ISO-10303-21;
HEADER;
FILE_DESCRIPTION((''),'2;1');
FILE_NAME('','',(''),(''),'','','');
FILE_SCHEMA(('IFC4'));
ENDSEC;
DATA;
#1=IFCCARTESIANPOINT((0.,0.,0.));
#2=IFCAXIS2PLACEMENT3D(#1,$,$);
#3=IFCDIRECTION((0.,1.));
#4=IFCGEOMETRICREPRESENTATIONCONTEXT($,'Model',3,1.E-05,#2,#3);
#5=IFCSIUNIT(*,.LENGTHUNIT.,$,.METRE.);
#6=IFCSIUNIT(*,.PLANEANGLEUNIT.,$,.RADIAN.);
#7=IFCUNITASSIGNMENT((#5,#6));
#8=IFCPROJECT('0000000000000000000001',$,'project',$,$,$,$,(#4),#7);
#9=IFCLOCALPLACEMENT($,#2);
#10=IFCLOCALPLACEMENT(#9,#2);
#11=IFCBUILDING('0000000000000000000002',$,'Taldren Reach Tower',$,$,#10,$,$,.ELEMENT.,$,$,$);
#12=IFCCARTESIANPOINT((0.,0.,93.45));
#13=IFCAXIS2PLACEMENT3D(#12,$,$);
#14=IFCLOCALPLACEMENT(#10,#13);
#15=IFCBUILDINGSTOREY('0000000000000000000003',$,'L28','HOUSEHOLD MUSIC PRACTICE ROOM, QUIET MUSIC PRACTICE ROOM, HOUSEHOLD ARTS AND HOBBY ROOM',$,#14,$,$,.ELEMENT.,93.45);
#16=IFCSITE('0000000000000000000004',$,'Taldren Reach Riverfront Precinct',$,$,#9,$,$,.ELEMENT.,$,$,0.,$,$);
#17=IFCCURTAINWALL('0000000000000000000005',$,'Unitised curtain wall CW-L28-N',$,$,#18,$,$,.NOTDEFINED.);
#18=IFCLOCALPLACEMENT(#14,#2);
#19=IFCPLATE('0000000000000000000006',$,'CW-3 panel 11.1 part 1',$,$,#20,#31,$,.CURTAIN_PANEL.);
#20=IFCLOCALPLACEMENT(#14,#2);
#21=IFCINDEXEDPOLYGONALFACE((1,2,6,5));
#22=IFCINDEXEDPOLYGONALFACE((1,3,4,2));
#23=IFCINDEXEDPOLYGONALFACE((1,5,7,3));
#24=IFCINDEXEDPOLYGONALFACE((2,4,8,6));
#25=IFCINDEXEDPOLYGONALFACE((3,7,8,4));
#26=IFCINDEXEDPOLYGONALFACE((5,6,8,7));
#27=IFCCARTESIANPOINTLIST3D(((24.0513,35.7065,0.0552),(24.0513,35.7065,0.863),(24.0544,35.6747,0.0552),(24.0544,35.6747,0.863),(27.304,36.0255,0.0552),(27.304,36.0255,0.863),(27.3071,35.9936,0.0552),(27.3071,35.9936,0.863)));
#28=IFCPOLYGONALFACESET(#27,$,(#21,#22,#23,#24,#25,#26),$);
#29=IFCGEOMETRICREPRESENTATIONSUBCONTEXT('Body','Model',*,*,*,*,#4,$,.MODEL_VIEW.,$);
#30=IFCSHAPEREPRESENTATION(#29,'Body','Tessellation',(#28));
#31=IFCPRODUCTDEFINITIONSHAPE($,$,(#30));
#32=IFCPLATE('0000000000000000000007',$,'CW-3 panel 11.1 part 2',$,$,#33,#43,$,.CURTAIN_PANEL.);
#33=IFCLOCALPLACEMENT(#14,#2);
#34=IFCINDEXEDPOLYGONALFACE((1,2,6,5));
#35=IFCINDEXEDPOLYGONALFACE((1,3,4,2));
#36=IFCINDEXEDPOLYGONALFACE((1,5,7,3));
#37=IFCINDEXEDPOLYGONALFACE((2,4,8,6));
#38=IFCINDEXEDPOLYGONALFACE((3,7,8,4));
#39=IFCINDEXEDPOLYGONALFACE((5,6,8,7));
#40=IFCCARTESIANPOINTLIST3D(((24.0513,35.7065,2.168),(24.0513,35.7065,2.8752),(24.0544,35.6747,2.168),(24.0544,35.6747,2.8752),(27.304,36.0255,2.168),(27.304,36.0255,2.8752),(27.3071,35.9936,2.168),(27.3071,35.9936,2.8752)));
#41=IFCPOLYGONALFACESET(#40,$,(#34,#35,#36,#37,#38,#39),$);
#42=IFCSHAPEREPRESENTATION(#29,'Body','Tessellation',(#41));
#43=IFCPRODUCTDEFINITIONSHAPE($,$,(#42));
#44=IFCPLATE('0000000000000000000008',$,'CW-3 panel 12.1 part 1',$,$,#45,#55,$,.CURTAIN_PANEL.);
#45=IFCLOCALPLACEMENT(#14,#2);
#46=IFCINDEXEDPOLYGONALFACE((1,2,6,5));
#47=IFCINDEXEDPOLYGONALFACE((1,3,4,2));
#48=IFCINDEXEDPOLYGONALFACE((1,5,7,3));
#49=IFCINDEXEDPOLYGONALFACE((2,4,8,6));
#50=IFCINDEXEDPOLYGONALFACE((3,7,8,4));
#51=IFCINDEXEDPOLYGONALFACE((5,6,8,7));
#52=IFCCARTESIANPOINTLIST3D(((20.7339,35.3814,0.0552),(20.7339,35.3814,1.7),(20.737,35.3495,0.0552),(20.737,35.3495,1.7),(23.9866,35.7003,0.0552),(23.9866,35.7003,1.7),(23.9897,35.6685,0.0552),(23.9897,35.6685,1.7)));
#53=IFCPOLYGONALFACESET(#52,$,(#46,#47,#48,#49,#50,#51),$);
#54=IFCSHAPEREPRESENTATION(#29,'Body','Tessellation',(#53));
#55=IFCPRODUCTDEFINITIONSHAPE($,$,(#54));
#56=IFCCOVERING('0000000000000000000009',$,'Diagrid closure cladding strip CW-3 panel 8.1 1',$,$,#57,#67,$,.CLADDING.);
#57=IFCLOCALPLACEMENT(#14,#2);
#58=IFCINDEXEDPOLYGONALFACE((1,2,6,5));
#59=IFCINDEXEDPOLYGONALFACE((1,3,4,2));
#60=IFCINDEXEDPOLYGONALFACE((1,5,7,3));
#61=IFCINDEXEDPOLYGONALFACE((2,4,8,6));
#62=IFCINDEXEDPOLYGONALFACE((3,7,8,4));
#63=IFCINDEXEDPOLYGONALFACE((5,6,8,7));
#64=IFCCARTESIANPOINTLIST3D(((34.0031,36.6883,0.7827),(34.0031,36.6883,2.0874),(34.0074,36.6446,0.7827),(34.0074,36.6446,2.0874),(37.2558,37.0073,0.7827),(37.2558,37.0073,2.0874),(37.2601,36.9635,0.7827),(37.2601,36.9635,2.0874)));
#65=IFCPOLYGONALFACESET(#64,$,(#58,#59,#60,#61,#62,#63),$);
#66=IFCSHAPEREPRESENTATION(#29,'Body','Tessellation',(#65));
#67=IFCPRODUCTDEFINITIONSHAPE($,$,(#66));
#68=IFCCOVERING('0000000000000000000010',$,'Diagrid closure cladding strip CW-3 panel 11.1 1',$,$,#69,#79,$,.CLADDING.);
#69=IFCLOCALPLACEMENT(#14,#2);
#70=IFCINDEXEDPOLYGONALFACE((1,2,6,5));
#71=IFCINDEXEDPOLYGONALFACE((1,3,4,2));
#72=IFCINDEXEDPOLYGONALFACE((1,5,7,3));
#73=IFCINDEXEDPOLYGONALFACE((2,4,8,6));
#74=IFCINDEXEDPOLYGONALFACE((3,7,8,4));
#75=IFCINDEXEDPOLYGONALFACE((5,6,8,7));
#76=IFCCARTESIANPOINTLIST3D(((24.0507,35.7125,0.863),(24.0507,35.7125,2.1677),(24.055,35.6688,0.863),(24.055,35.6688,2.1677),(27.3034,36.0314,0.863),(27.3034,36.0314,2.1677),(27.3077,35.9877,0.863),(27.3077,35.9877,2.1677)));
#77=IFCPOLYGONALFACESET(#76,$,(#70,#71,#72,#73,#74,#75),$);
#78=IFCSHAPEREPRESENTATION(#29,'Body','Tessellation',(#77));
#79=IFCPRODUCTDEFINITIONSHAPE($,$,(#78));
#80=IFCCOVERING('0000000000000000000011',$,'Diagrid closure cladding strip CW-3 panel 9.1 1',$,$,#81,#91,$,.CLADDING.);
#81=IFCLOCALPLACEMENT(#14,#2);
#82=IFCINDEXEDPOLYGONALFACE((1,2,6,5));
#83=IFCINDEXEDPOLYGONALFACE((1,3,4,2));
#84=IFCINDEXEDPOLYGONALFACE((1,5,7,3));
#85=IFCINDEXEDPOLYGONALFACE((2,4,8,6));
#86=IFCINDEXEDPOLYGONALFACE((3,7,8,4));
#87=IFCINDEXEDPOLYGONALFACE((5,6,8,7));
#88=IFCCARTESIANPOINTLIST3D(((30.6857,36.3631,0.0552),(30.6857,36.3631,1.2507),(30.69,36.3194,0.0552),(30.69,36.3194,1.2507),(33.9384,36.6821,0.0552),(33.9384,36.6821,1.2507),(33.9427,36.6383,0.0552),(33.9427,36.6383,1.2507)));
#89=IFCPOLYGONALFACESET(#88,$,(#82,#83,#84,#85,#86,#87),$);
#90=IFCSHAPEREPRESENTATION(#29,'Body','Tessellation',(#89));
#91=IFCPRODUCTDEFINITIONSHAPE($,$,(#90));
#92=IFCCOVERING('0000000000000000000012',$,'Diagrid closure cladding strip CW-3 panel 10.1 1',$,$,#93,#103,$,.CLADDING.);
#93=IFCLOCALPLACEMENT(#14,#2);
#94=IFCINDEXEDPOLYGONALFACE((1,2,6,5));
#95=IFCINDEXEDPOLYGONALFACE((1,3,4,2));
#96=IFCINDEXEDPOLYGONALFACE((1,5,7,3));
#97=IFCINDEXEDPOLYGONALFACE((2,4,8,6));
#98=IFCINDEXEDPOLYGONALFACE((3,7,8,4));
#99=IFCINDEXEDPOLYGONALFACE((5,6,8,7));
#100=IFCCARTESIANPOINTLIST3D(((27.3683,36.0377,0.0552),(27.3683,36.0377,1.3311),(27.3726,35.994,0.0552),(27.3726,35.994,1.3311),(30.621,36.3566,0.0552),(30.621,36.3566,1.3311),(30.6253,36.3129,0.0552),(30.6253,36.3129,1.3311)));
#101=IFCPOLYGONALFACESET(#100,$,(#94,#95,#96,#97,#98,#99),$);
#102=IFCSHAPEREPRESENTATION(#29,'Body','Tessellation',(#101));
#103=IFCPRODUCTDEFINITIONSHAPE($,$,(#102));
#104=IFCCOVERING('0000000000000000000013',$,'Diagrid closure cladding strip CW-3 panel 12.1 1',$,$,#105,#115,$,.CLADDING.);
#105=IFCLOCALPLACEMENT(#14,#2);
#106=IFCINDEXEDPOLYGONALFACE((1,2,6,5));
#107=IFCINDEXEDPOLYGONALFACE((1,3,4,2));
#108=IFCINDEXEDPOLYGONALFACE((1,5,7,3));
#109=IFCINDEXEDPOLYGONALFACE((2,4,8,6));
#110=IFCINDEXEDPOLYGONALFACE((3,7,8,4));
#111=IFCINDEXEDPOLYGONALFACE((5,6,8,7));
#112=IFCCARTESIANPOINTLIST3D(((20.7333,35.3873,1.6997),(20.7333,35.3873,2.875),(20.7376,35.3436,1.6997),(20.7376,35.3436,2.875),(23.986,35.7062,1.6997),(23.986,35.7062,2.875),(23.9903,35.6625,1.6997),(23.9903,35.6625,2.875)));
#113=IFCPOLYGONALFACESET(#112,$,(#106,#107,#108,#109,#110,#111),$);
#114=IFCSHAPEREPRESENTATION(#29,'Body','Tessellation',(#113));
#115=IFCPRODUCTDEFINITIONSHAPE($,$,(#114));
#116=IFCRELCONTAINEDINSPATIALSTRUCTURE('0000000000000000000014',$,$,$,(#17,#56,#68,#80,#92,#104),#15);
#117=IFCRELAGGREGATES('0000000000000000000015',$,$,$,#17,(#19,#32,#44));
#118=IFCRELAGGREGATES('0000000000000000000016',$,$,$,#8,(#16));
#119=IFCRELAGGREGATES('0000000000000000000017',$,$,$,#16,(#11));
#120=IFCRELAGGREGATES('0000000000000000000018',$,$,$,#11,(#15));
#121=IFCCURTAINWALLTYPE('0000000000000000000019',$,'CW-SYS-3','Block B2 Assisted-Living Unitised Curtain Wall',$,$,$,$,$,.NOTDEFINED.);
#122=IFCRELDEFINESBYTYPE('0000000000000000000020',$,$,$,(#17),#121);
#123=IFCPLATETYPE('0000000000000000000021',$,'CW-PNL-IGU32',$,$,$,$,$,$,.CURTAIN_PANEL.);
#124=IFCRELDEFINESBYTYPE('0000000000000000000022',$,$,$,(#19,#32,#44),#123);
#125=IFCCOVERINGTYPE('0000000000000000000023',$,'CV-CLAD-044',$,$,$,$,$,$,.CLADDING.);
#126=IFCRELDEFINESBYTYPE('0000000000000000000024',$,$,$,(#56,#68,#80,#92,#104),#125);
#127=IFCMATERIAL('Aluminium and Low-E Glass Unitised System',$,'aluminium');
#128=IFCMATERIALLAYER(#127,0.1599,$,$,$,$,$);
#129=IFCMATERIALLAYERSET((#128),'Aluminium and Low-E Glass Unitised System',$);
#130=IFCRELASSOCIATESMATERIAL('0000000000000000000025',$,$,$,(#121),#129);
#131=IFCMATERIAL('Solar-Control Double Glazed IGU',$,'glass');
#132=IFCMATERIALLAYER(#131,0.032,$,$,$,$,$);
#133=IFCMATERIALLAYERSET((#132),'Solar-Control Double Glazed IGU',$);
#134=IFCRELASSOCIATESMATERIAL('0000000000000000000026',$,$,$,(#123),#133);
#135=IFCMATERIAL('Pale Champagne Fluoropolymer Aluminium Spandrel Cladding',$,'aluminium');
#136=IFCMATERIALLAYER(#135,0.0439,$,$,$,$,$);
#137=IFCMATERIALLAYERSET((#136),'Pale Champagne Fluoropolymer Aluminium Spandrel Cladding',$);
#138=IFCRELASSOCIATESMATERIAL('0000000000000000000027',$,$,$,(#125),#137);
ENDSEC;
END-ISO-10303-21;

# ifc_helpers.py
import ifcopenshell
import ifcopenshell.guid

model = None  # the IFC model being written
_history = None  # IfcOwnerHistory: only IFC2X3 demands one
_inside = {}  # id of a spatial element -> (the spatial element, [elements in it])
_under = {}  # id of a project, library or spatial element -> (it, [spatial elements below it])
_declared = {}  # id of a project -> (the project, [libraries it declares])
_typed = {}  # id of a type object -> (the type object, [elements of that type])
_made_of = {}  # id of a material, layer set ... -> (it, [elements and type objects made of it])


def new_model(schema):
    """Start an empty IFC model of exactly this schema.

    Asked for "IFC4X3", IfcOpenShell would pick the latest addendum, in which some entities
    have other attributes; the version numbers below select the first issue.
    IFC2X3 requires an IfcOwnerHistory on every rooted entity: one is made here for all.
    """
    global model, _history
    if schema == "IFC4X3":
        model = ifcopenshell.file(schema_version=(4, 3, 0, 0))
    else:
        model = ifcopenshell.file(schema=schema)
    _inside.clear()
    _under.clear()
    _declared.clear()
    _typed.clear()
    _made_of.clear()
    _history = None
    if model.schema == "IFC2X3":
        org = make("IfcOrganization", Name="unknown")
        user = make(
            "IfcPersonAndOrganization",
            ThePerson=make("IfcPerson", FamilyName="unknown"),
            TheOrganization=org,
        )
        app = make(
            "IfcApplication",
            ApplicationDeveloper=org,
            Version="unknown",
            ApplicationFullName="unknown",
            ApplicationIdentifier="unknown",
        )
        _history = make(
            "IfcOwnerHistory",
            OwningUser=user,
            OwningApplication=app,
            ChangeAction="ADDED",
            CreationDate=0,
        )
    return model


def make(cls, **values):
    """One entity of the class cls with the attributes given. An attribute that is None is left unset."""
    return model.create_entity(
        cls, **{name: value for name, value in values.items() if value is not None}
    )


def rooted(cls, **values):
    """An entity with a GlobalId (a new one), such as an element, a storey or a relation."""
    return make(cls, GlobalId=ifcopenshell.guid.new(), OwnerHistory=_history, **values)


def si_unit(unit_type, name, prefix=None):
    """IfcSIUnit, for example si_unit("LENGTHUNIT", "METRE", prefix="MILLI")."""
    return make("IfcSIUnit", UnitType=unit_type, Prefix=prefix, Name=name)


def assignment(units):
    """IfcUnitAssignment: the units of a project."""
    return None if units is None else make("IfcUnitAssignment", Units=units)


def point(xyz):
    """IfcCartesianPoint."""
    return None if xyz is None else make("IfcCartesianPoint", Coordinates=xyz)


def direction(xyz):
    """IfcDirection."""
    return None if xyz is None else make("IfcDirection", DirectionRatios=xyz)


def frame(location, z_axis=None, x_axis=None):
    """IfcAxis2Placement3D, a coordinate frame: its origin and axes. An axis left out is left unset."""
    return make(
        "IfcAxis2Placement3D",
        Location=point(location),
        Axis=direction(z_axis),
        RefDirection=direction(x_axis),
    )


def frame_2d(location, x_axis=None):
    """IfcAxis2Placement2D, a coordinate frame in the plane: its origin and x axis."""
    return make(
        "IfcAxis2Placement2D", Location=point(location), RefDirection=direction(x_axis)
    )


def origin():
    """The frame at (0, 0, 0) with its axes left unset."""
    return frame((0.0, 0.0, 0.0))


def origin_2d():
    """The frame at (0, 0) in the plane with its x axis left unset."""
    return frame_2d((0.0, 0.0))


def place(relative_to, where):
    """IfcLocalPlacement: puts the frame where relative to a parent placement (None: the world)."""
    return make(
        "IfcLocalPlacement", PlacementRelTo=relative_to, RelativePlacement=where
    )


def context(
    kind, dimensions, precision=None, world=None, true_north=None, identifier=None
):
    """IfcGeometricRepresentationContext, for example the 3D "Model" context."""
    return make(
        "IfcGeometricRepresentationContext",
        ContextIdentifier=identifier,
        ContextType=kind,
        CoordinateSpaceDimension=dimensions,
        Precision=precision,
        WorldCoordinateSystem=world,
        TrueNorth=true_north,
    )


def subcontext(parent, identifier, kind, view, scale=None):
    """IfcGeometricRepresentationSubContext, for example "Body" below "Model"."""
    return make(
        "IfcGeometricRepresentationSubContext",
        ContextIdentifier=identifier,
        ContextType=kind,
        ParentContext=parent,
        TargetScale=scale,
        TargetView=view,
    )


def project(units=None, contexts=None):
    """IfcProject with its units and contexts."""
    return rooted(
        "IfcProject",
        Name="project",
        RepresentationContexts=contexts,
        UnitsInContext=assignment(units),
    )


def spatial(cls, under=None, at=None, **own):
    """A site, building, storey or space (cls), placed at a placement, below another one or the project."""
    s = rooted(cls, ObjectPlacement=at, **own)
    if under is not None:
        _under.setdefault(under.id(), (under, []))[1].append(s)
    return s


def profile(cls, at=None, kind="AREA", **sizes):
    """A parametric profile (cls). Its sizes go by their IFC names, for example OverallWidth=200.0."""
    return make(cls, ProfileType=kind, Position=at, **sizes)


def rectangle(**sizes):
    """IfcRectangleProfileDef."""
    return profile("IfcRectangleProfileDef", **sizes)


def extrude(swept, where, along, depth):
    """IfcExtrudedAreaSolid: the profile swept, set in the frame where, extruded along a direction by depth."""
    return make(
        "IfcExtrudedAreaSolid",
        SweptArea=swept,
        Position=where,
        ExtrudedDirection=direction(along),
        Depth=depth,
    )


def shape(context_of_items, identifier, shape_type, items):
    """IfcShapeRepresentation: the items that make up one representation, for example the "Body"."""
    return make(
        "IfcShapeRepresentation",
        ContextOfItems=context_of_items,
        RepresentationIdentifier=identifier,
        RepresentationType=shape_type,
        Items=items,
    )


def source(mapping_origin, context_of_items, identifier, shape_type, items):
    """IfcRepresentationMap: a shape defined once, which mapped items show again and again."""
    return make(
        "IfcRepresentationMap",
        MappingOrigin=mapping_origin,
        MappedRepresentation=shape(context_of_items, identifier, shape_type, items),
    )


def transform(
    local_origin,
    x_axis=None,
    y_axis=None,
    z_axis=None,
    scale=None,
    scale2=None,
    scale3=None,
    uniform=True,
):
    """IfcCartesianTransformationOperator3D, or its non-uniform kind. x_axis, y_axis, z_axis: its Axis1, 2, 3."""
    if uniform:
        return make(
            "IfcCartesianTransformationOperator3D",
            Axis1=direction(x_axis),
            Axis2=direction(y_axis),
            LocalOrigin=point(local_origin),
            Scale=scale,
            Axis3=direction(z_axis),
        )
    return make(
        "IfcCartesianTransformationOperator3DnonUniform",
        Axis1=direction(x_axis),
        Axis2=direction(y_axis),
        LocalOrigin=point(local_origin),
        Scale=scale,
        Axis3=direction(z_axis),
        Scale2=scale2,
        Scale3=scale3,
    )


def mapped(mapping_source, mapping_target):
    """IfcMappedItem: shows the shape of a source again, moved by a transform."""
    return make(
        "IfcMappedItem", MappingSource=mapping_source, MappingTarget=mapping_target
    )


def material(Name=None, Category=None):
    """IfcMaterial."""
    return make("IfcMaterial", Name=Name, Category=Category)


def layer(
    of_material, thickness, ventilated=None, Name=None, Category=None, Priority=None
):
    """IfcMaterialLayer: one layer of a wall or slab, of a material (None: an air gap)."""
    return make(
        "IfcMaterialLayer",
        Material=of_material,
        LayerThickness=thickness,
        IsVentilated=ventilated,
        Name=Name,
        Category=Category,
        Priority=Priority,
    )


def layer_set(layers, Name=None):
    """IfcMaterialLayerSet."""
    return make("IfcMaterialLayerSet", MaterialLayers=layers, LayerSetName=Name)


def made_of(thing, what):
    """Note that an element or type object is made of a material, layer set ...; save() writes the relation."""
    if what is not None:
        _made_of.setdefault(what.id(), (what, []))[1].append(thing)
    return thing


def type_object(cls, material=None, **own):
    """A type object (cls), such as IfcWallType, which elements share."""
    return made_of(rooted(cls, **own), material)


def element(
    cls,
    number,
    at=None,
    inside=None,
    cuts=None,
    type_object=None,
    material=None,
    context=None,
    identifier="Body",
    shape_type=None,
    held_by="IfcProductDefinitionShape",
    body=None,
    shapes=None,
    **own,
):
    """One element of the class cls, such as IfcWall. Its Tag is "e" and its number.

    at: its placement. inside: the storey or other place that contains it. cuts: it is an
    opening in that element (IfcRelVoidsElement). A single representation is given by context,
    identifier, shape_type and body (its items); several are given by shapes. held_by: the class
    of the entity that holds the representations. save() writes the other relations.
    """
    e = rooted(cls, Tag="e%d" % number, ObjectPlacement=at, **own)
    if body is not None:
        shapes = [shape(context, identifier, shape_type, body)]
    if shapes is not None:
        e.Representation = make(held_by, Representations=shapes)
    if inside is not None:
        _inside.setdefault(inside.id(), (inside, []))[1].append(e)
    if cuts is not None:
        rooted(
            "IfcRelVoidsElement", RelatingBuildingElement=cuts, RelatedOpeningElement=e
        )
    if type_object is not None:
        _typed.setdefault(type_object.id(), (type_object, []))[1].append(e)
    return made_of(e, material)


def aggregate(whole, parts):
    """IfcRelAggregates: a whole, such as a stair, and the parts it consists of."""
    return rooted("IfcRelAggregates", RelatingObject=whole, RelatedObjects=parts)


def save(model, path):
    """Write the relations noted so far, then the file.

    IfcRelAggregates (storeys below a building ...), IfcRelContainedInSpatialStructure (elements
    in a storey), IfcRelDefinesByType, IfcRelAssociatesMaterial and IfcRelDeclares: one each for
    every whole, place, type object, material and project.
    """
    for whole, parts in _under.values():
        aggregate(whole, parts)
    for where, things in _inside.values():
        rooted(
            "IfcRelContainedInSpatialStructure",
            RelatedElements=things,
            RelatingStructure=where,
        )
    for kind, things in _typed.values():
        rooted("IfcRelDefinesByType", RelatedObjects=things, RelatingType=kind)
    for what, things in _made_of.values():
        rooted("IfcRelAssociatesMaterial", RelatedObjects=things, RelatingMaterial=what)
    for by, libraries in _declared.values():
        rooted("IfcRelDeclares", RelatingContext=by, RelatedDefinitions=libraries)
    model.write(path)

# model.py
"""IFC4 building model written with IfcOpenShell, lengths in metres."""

from ifc_helpers import new_model, si_unit, direction, frame, origin, origin_2d, place, context, subcontext, project, spatial, rectangle, extrude, source, transform, mapped, material, layer, layer_set, type_object, element, aggregate, save


model = new_model("IFC4")

# Units and contexts
model_context = context("Model", 3, precision=1e-05, world=origin(), true_north=direction((0.0, 1.0)))
body_context = subcontext(model_context, "Body", "Model", "MODEL_VIEW")
ifc_project = project(units=[si_unit("LENGTHUNIT", "METRE"), si_unit("PLANEANGLEUNIT", "RADIAN")], contexts=[model_context])

# Site, building, storey
site_placement = place(None, origin())
site = spatial("IfcSite", under=ifc_project, at=site_placement, Name="Taldren Reach Riverfront Precinct", CompositionType="ELEMENT", RefElevation=0.0)
building_placement = place(site_placement, origin())
building = spatial("IfcBuilding", under=site, at=building_placement, Name="Taldren Reach Tower", CompositionType="ELEMENT")
storey_placement = place(building_placement, frame((0.0, 0.0, 93.45)))
storey = spatial("IfcBuildingStorey", under=building, at=storey_placement, Name="L28", Description="HOUSEHOLD MUSIC PRACTICE ROOM, QUIET MUSIC PRACTICE ROOM, HOUSEHOLD ARTS AND HOBBY ROOM", CompositionType="ELEMENT", Elevation=93.45)

# Curtain wall
ifc_material_1 = material(Name="Aluminium and Low-E Glass Unitised System", Category="aluminium")
ifc_layer_1 = layer(ifc_material_1, 0.1599)
ifc_layer_set_1 = layer_set([ifc_layer_1], Name="Aluminium and Low-E Glass Unitised System")
curtain_wall_type = type_object("IfcCurtainWallType", Name="CW-SYS-3", Description="Block B2 Assisted-Living Unitised Curtain Wall", PredefinedType="NOTDEFINED", material=ifc_layer_set_1)
curtain_wall_placement = place(storey_placement, origin())
curtain_wall = element("IfcCurtainWall", 1, at=curtain_wall_placement, inside=storey, type_object=curtain_wall_type, Name="Unitised curtain wall CW-L28-N", PredefinedType="NOTDEFINED")

# Plates
ifc_material_2 = material(Name="Solar-Control Double Glazed IGU", Category="glass")
ifc_layer_2 = layer(ifc_material_2, 0.032)
ifc_layer_set_2 = layer_set([ifc_layer_2], Name="Solar-Control Double Glazed IGU")
plate_type_1 = type_object("IfcPlateType", Name="CW-PNL-IGU32", PredefinedType="CURTAIN_PANEL", material=ifc_layer_set_2)
shared_shape_1 = source(origin(), body_context, "Body", "SweptSolid", [
    extrude(rectangle(XDim=3.2683, YDim=0.032, at=origin_2d()), origin(), (0.0, 0.0, 1.0), 0.8079),
])
plate_1_placement = place(storey_placement, frame((25.6792, 35.8501, 0.0552), z_axis=(0.0, 0.0, 1.0), x_axis=(-0.995227, -0.097583, 0.0)))
plate_1 = element("IfcPlate", 2, at=plate_1_placement, type_object=plate_type_1, Name="CW-3 panel 11.1 part 1", PredefinedType="CURTAIN_PANEL", context=body_context, shape_type="MappedRepresentation", body=[
    mapped(shared_shape_1, transform((0.0, 0.0, 0.0), scale=1.0)),
])
shared_shape_2 = source(origin(), body_context, "Body", "SweptSolid", [
    extrude(rectangle(XDim=3.2683, YDim=0.032, at=origin_2d()), origin(), (0.0, 0.0, 1.0), 0.7073),
])
plate_2_placement = place(storey_placement, frame((25.6792, 35.8501, 2.168), z_axis=(0.0, 0.0, 1.0), x_axis=(-0.995227, -0.097583, 0.0)))
plate_2 = element("IfcPlate", 3, at=plate_2_placement, type_object=plate_type_1, Name="CW-3 panel 11.1 part 2", PredefinedType="CURTAIN_PANEL", context=body_context, shape_type="MappedRepresentation", body=[
    mapped(shared_shape_2, transform((0.0, 0.0, 0.0), scale=1.0)),
])
shared_shape_3 = source(origin(), body_context, "Body", "SweptSolid", [
    extrude(rectangle(XDim=3.2683, YDim=0.032, at=origin_2d()), origin(), (0.0, 0.0, 1.0), 1.6448),
])
plate_3_placement = place(storey_placement, frame((22.3618, 35.5249, 0.0552), z_axis=(0.0, 0.0, 1.0), x_axis=(-0.995227, -0.097583, 0.0)))
plate_3 = element("IfcPlate", 4, at=plate_3_placement, type_object=plate_type_1, Name="CW-3 panel 12.1 part 1", PredefinedType="CURTAIN_PANEL", context=body_context, shape_type="MappedRepresentation", body=[
    mapped(shared_shape_3, transform((0.0, 0.0, 0.0), scale=1.0)),
])
aggregate(curtain_wall, [plate_1, plate_2, plate_3])

# Coverings
ifc_material_3 = material(Name="Pale Champagne Fluoropolymer Aluminium Spandrel Cladding", Category="aluminium")
ifc_layer_3 = layer(ifc_material_3, 0.0439)
ifc_layer_set_3 = layer_set([ifc_layer_3], Name="Pale Champagne Fluoropolymer Aluminium Spandrel Cladding")
covering_type = type_object("IfcCoveringType", Name="CV-CLAD-044", PredefinedType="CLADDING", material=ifc_layer_set_3)
shared_shape_4 = source(origin(), body_context, "Body", "SweptSolid", [
    extrude(rectangle(XDim=3.2683, YDim=0.0439, at=origin_2d()), origin(), (0.0, 0.0, 1.0), 1.3047),
])
for number, where, z_axis, x_axis, name in (
    (5, (35.6316, 36.8259, 0.7827), (0.0, 0.0, 1.0), (-0.995227, -0.097583, 0.0), "Diagrid closure cladding strip CW-3 panel 8.1 1"),
    (6, (25.6792, 35.8501, 0.863), (0.0, 0.0, 1.0), (-0.995227, -0.097583, 0.0), "Diagrid closure cladding strip CW-3 panel 11.1 1"),
):
    element("IfcCovering", number, at=place(storey_placement, frame(where, z_axis=z_axis, x_axis=x_axis)), inside=storey, type_object=covering_type, Name=name, PredefinedType="CLADDING", context=body_context, shape_type="MappedRepresentation", body=[
        mapped(shared_shape_4, transform((0.0, 0.0, 0.0), scale=1.0)),
    ])
shared_shape_5 = source(origin(), body_context, "Body", "SweptSolid", [
    extrude(rectangle(XDim=3.2683, YDim=0.0439, at=origin_2d()), origin(), (0.0, 0.0, 1.0), 1.1956),
])
covering_1_placement = place(storey_placement, frame((32.3142, 36.5007, 0.0552), z_axis=(0.0, 0.0, 1.0), x_axis=(-0.995227, -0.097583, 0.0)))
element("IfcCovering", 7, at=covering_1_placement, inside=storey, type_object=covering_type, Name="Diagrid closure cladding strip CW-3 panel 9.1 1", PredefinedType="CLADDING", context=body_context, shape_type="MappedRepresentation", body=[
    mapped(shared_shape_5, transform((0.0, 0.0, 0.0), scale=1.0)),
])
shared_shape_6 = source(origin(), body_context, "Body", "SweptSolid", [
    extrude(rectangle(XDim=3.2683, YDim=0.0439, at=origin_2d()), origin(), (0.0, 0.0, 1.0), 1.2759),
])
covering_2_placement = place(storey_placement, frame((28.9968, 36.1753, 0.0552), z_axis=(0.0, 0.0, 1.0), x_axis=(-0.995227, -0.097583, 0.0)))
element("IfcCovering", 8, at=covering_2_placement, inside=storey, type_object=covering_type, Name="Diagrid closure cladding strip CW-3 panel 10.1 1", PredefinedType="CLADDING", context=body_context, shape_type="MappedRepresentation", body=[
    mapped(shared_shape_6, transform((0.0, 0.0, 0.0), scale=1.0)),
])
shared_shape_7 = source(origin(), body_context, "Body", "SweptSolid", [
    extrude(rectangle(XDim=3.2683, YDim=0.0439, at=origin_2d()), origin(), (0.0, 0.0, 1.0), 1.1753),
])
covering_3_placement = place(storey_placement, frame((22.3618, 35.5249, 1.6997), z_axis=(0.0, 0.0, 1.0), x_axis=(-0.995227, -0.097583, 0.0)))
element("IfcCovering", 9, at=covering_3_placement, inside=storey, type_object=covering_type, Name="Diagrid closure cladding strip CW-3 panel 12.1 1", PredefinedType="CLADDING", context=body_context, shape_type="MappedRepresentation", body=[
    mapped(shared_shape_7, transform((0.0, 0.0, 0.0), scale=1.0)),
])

save(model, "model.ifc")
